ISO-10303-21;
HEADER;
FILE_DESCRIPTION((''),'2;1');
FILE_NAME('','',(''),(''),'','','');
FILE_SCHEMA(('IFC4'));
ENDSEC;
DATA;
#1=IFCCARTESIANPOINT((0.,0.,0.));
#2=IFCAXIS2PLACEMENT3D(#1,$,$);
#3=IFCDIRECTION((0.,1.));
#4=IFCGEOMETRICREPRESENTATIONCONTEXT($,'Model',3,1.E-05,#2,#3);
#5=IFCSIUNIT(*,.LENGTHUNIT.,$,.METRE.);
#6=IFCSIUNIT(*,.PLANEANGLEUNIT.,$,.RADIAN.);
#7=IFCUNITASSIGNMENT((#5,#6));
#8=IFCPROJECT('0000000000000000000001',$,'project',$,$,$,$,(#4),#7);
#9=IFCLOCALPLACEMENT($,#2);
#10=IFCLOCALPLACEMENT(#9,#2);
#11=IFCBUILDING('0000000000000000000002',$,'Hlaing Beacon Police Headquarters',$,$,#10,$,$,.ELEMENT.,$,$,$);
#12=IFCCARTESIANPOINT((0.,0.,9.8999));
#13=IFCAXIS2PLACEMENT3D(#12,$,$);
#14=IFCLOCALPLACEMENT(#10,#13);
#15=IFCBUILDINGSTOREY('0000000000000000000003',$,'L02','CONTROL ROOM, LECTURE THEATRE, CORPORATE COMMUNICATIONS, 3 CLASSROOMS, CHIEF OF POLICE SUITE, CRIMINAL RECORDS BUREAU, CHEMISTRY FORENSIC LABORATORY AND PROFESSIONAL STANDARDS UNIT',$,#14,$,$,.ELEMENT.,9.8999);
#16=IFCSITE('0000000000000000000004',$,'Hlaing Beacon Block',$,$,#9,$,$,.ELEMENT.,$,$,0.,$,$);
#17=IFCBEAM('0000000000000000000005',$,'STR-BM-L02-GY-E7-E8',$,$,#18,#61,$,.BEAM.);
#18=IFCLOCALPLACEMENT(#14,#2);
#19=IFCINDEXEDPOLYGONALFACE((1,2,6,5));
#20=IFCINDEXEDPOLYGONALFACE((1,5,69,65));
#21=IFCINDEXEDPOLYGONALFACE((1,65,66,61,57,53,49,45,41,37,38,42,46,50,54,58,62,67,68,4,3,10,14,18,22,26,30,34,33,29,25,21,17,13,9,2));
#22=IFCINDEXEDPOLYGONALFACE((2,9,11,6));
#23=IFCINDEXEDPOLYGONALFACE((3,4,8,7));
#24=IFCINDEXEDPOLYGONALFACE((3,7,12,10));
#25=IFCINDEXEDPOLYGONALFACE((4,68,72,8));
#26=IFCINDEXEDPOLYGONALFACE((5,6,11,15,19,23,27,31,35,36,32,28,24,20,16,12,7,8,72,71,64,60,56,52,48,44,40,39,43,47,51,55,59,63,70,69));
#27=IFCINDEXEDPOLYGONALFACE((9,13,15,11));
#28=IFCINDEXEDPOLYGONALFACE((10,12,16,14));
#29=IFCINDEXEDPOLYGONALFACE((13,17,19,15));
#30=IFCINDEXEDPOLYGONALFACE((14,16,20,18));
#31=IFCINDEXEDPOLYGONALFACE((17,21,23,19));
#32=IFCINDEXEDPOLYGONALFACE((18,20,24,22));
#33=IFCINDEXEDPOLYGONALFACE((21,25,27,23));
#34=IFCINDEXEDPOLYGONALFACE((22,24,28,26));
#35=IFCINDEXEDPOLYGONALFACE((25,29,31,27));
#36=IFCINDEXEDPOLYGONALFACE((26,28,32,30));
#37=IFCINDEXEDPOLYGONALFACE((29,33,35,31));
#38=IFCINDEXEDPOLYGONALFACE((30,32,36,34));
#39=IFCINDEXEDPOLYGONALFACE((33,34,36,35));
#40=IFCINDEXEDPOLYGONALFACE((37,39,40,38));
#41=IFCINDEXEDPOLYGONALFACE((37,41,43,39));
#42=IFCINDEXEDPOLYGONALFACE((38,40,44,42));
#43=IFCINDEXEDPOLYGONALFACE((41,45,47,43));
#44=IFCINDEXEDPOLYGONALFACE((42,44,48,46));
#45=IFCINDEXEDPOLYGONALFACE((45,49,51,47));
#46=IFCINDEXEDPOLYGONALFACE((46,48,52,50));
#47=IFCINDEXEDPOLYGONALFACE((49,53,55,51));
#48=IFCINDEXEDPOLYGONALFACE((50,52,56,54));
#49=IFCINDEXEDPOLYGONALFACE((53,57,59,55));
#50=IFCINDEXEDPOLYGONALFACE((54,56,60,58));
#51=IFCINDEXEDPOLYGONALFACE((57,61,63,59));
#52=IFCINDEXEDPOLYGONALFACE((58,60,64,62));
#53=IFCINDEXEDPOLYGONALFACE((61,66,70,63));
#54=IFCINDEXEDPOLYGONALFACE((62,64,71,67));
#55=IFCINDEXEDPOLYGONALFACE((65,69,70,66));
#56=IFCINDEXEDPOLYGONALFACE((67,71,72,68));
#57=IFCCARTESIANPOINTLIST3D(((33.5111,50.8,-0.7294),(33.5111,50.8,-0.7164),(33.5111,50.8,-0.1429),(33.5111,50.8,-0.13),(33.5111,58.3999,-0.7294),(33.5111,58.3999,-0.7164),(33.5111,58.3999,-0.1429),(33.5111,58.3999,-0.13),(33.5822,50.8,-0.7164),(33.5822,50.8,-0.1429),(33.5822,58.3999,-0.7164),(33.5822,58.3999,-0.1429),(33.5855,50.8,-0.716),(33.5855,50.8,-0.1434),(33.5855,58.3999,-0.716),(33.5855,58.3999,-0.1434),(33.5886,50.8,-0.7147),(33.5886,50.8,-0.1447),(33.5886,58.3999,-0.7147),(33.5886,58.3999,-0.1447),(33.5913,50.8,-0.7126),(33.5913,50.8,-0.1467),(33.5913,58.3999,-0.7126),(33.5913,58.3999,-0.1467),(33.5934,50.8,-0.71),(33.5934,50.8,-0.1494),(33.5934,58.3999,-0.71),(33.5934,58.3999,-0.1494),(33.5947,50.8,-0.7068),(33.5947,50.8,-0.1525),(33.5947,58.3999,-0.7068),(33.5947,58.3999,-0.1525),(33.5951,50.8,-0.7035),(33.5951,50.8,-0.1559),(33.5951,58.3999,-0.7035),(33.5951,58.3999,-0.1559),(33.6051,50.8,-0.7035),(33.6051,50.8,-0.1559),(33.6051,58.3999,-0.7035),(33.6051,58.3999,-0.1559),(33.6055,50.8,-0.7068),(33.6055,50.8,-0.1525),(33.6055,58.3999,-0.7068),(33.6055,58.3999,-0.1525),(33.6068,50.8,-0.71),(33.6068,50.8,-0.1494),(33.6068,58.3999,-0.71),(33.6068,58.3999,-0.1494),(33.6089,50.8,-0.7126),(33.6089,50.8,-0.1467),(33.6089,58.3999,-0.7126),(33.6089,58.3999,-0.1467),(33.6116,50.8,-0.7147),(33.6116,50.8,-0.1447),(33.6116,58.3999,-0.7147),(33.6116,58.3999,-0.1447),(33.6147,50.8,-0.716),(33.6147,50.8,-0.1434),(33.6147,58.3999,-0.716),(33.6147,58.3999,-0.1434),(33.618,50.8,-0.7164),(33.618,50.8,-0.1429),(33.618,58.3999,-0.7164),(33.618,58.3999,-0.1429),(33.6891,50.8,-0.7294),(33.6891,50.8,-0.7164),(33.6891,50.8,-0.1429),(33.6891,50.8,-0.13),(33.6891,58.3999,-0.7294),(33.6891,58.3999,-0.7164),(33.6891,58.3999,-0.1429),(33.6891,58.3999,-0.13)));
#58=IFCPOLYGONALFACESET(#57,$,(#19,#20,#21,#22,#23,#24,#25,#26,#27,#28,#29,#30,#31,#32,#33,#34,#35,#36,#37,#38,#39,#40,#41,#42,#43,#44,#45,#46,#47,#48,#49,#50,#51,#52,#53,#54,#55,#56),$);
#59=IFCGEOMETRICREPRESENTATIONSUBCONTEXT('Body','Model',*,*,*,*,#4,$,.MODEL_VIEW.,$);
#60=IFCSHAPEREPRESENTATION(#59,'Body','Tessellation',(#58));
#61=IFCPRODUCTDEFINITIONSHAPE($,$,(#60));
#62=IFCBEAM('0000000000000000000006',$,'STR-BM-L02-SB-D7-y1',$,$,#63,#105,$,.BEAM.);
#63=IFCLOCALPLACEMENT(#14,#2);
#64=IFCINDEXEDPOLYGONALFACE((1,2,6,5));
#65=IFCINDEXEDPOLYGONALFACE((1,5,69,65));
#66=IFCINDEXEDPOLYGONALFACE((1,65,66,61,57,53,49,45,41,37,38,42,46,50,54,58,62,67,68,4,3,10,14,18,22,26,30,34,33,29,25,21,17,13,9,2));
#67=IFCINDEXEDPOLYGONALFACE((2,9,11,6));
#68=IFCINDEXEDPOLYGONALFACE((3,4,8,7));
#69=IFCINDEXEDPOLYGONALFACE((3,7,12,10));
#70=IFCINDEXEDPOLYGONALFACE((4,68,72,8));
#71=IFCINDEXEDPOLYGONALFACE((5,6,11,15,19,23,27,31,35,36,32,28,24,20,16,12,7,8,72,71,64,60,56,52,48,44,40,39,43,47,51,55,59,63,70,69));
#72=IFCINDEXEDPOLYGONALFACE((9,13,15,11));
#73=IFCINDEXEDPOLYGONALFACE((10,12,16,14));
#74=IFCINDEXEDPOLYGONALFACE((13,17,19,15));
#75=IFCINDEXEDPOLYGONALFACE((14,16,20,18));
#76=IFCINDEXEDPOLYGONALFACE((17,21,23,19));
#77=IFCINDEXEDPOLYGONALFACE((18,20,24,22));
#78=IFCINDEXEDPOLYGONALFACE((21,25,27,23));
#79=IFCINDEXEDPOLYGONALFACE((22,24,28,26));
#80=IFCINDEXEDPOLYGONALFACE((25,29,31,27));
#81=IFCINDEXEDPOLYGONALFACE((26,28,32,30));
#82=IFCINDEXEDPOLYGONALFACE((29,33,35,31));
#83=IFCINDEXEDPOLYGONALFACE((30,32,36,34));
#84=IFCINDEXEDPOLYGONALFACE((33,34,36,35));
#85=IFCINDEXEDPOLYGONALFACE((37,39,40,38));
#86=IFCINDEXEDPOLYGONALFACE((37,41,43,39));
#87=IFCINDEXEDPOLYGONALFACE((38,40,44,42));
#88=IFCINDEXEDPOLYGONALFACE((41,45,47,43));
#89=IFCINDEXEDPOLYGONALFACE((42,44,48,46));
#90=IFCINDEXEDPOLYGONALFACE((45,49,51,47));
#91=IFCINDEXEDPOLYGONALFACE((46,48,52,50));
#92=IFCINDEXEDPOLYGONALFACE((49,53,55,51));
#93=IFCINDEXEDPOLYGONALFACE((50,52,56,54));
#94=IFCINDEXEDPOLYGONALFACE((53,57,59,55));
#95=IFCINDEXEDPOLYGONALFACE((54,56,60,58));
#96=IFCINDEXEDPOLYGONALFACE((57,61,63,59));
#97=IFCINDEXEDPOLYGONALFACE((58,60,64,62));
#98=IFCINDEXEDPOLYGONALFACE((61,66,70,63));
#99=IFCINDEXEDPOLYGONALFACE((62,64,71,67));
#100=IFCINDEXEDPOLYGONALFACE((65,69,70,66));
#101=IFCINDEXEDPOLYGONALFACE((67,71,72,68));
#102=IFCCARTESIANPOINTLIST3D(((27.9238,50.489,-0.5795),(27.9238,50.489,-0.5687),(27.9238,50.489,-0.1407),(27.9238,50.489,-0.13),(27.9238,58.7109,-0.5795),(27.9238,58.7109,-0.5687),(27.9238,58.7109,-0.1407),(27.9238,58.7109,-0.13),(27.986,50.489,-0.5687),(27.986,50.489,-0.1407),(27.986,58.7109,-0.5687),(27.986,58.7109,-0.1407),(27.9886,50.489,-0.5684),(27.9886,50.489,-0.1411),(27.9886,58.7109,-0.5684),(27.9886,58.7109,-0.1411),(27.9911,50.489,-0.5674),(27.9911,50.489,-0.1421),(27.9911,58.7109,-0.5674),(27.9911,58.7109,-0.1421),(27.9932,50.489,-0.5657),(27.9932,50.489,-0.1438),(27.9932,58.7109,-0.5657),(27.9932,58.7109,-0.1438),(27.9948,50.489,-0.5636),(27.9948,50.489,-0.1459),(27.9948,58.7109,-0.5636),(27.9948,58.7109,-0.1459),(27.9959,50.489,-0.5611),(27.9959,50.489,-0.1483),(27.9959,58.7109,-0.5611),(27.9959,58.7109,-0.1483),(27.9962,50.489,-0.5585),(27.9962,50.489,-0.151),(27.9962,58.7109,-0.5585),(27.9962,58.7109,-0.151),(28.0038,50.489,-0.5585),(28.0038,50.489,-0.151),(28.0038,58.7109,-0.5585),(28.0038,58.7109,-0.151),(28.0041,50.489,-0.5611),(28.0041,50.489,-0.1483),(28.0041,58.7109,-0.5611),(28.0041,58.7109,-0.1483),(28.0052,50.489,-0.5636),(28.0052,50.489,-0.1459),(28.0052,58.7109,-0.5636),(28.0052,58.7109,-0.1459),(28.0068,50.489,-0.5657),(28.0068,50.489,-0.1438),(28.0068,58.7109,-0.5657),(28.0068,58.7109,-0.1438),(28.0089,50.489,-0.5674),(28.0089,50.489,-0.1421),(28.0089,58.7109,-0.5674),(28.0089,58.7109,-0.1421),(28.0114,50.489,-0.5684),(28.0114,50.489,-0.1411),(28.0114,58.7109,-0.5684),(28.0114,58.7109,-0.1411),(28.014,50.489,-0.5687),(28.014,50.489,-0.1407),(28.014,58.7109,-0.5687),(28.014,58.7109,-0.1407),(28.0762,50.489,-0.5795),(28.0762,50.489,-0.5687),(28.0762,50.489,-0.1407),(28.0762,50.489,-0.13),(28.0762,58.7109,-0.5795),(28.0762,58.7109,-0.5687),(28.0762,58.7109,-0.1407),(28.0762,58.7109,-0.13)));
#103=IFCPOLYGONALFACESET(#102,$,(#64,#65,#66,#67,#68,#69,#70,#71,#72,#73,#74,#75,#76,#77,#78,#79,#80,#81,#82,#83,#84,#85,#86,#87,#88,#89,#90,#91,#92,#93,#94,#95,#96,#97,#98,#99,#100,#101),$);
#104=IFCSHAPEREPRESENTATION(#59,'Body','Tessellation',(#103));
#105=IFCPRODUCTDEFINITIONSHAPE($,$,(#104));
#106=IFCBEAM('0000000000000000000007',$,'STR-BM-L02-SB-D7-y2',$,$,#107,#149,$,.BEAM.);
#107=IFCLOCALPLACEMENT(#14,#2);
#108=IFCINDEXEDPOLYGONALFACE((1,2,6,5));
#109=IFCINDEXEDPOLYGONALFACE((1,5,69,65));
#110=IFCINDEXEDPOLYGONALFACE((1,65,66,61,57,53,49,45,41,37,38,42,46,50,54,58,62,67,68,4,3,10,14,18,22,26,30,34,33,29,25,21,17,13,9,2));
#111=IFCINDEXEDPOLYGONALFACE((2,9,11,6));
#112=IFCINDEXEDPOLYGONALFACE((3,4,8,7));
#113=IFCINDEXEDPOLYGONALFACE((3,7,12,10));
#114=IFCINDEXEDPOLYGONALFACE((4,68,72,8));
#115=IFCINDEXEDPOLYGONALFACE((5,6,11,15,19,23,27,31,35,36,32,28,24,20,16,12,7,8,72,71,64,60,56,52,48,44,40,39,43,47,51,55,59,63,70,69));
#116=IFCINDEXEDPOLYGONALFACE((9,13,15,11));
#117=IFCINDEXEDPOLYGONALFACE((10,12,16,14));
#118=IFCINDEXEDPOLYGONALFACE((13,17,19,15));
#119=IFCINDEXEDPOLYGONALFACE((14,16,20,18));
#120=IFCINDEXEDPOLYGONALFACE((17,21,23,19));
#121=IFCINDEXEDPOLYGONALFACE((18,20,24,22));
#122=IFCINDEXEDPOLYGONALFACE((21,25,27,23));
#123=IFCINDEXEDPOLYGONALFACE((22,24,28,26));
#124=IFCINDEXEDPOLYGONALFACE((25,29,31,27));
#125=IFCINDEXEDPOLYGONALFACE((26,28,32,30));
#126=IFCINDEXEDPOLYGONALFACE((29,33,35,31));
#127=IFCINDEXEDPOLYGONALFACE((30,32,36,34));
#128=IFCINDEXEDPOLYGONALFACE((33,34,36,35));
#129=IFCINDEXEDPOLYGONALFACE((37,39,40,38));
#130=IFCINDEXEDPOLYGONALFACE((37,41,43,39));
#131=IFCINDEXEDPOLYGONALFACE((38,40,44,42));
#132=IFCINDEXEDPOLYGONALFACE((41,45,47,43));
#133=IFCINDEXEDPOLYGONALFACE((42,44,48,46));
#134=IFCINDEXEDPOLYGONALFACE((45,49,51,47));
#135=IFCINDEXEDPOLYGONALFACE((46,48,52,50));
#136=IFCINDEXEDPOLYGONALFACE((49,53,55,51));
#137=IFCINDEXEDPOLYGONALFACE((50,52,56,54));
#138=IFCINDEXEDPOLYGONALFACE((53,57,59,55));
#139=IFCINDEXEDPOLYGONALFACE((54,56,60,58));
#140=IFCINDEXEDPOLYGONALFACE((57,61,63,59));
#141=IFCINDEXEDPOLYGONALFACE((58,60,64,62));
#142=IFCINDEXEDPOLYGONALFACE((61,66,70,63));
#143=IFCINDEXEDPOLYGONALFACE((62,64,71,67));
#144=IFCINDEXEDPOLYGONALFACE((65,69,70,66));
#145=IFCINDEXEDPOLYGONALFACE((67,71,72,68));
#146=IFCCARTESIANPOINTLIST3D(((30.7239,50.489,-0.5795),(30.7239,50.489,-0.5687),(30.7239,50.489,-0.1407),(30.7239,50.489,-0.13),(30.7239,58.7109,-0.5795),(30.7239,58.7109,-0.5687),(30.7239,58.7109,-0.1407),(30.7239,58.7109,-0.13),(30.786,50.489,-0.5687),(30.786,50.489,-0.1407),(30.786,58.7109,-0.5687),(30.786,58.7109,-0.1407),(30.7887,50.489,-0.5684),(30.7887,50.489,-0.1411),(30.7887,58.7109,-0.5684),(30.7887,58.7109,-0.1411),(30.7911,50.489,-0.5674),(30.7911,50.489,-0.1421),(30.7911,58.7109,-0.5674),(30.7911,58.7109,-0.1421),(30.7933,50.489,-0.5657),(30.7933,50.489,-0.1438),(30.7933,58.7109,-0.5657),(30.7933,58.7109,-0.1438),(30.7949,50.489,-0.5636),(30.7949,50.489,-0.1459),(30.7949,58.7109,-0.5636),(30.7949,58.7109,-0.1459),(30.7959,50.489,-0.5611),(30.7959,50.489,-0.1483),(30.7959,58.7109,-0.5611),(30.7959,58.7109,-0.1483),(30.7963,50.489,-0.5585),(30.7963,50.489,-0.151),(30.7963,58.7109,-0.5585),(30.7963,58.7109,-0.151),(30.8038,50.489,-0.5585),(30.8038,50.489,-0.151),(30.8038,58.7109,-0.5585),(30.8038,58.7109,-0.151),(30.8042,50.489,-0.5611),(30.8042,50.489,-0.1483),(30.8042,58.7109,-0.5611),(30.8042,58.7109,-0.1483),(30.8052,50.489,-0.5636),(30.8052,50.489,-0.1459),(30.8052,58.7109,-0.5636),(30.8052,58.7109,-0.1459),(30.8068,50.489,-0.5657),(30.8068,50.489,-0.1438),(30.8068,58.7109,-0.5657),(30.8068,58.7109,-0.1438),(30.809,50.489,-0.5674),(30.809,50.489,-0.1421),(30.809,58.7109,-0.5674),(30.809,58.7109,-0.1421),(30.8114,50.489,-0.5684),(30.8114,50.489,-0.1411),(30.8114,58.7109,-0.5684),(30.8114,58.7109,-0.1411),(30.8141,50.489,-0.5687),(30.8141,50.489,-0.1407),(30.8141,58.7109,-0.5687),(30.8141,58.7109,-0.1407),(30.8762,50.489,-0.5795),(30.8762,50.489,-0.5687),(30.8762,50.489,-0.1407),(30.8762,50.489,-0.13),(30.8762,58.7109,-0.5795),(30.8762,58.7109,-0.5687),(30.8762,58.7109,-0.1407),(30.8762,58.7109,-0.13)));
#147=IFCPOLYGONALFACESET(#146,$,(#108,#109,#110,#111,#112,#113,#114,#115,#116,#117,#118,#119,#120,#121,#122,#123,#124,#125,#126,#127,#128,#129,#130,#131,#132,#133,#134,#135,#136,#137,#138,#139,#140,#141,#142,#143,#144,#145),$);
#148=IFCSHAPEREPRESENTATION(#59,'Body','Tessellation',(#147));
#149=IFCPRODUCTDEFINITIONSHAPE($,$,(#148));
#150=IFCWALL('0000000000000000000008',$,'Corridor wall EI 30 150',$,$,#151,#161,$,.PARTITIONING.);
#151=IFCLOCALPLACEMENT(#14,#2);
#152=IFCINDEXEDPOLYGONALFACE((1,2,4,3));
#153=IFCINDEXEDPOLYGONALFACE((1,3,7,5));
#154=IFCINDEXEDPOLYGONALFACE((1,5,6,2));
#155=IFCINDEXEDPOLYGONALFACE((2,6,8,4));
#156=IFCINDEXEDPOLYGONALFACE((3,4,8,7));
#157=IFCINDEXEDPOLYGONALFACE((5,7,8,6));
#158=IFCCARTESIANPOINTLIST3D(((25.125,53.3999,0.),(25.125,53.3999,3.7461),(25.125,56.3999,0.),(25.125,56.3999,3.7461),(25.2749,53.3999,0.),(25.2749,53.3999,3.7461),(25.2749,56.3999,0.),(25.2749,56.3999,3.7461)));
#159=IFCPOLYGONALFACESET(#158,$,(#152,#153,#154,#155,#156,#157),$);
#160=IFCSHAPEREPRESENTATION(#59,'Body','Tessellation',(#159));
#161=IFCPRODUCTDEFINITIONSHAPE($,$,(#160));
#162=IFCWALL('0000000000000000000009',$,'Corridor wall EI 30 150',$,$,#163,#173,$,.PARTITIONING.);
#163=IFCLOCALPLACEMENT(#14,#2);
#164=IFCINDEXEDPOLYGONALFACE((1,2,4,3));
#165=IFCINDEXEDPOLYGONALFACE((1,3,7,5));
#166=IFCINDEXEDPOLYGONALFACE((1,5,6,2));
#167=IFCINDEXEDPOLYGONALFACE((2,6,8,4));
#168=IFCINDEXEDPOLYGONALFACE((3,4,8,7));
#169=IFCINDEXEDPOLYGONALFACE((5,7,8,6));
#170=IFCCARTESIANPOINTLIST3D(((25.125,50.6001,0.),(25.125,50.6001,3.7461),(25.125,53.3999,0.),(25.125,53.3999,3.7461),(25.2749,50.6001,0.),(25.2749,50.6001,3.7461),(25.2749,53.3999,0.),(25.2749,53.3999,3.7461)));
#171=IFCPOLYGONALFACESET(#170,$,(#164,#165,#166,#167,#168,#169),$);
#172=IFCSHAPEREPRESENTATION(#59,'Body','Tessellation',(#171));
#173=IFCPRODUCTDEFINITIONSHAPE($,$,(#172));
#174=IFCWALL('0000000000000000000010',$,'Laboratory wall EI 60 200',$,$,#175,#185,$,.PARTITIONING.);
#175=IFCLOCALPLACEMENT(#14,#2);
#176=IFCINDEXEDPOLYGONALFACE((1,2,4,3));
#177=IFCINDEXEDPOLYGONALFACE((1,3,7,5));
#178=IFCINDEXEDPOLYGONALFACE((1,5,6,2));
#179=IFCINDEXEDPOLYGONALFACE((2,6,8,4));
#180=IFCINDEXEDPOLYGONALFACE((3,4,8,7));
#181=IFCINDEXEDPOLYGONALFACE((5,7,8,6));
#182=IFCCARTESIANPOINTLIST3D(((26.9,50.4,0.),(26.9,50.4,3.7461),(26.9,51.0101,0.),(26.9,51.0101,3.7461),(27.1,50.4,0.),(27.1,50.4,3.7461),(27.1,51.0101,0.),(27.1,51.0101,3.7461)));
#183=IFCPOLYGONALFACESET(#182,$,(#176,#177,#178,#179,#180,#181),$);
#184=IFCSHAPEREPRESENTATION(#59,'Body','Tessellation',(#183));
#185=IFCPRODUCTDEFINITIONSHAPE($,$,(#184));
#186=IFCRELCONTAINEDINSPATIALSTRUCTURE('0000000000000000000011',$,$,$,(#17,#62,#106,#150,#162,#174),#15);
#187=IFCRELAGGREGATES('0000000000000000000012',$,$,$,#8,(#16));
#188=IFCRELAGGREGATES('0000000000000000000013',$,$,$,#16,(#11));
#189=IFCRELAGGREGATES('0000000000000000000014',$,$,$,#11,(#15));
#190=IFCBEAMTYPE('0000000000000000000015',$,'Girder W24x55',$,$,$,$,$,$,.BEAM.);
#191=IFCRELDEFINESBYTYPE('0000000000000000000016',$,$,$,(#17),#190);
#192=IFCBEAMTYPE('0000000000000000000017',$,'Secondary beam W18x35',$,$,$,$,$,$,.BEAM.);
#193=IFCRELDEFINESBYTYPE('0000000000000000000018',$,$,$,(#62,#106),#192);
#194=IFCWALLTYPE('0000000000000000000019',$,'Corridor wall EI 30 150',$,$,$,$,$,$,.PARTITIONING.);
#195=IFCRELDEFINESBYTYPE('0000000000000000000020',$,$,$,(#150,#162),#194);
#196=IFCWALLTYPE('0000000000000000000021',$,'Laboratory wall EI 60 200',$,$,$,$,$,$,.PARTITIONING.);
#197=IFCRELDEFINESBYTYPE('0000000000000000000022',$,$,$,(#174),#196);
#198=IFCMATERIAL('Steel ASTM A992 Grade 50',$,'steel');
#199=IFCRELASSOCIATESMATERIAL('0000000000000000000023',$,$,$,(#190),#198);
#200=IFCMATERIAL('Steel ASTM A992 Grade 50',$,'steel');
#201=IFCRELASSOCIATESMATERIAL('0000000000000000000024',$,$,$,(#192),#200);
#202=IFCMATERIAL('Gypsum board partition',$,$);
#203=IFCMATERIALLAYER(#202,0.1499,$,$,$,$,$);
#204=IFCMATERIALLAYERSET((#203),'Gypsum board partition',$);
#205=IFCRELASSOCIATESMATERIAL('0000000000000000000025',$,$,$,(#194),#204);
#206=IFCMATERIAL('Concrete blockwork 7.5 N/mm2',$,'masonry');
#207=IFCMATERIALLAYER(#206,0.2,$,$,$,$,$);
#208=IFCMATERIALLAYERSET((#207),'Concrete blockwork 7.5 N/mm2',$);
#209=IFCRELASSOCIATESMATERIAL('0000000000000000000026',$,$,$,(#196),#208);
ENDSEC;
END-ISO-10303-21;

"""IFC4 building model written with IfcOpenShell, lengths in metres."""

from ifc_helpers import new_model, si_unit, direction, frame, frame_2d, origin, origin_2d, place, context, subcontext, project, spatial, rectangle, i_section, extrude, material, layer, layer_set, material_profile, profile_set, type_object, element, save


model = new_model("IFC4")

# Units and contexts
model_context = context("Model", 3, precision=1e-05, world=origin(), true_north=direction((0.0, 1.0)))
body_context = subcontext(model_context, "Body", "Model", "MODEL_VIEW")
ifc_project = project(units=[si_unit("LENGTHUNIT", "METRE"), si_unit("PLANEANGLEUNIT", "RADIAN")], contexts=[model_context])

# Site, building, storey
site_placement = place(None, origin())
site = spatial("IfcSite", under=ifc_project, at=site_placement, Name="Hlaing Beacon Block", CompositionType="ELEMENT", RefElevation=0.0)
building_placement = place(site_placement, origin())
building = spatial("IfcBuilding", under=site, at=building_placement, Name="Hlaing Beacon Police Headquarters", CompositionType="ELEMENT")
storey_placement = place(building_placement, frame((0.0, 0.0, 9.8999)))
storey = spatial("IfcBuildingStorey", under=building, at=storey_placement, Name="L02", Description="CONTROL ROOM, LECTURE THEATRE, CORPORATE COMMUNICATIONS, 3 CLASSROOMS, CHIEF OF POLICE SUITE, CRIMINAL RECORDS BUREAU, CHEMISTRY FORENSIC LABORATORY AND PROFESSIONAL STANDARDS UNIT", CompositionType="ELEMENT", Elevation=9.8999)

# Beams
ifc_material_1 = material(Name="Steel ASTM A992 Grade 50", Category="steel")
ifc_material_profile_1 = material_profile(ifc_material_1, i_section(OverallWidth=0.178, OverallDepth=0.5994, WebThickness=0.01, FlangeThickness=0.0129, FilletRadius=0.0129, at=origin_2d()), Name="W24x55")
ifc_profile_set_1 = profile_set([ifc_material_profile_1], Name="Steel ASTM A992 Grade 50")
beam_type_1 = type_object("IfcBeamType", Name="Girder W24x55", PredefinedType="BEAM", material=ifc_profile_set_1)
beam_1_placement = place(storey_placement, frame((33.6001, 50.8, -0.4297), z_axis=(0.0, 1.0, 0.0), x_axis=(-1.0, 0.0, 0.0)))
element("IfcBeam", 1, at=beam_1_placement, inside=storey, type_object=beam_type_1, Name="STR-BM-L02-GY-E7-E8", PredefinedType="BEAM", context=body_context, shape_type="SweptSolid", body=[
    extrude(i_section(OverallWidth=0.178, OverallDepth=0.5994, WebThickness=0.01, FlangeThickness=0.0129, FilletRadius=0.0129, at=origin_2d()), origin(), (0.0, 0.0, 1.0), 7.5999),
])
ifc_material_2 = material(Name="Steel ASTM A992 Grade 50", Category="steel")
ifc_material_profile_2 = material_profile(ifc_material_2, i_section(OverallWidth=0.1523, OverallDepth=0.4495, WebThickness=0.0076, FlangeThickness=0.0107, FilletRadius=0.0103, at=origin_2d()), Name="W18x35")
ifc_profile_set_2 = profile_set([ifc_material_profile_2], Name="Steel ASTM A992 Grade 50")
beam_type_2 = type_object("IfcBeamType", Name="Secondary beam W18x35", PredefinedType="BEAM", material=ifc_profile_set_2)
for number, where, z_axis, x_axis, name in (
    (2, (28.0, 50.489, -0.3547), (0.0, 1.0, 0.0), (-1.0, 0.0, 0.0), "STR-BM-L02-SB-D7-y1"),
    (3, (30.8, 50.489, -0.3547), (0.0, 1.0, 0.0), (-1.0, 0.0, 0.0), "STR-BM-L02-SB-D7-y2"),
):
    element("IfcBeam", number, at=place(storey_placement, frame(where, z_axis=z_axis, x_axis=x_axis)), inside=storey, type_object=beam_type_2, Name=name, PredefinedType="BEAM", context=body_context, shape_type="SweptSolid", body=[
        extrude(i_section(OverallWidth=0.1523, OverallDepth=0.4495, WebThickness=0.0076, FlangeThickness=0.0107, FilletRadius=0.0103, at=origin_2d()), origin(), (0.0, 0.0, 1.0), 8.2219),
    ])

# Walls
ifc_material_3 = material(Name="Gypsum board partition")
ifc_layer_1 = layer(ifc_material_3, 0.1499)
ifc_layer_set_1 = layer_set([ifc_layer_1], Name="Gypsum board partition")
wall_type_1 = type_object("IfcWallType", Name="Corridor wall EI 30 150", PredefinedType="PARTITIONING", material=ifc_layer_set_1)
wall_1_placement = place(storey_placement, frame((25.2, 53.3999, 0.0), z_axis=(0.0, 0.0, 1.0), x_axis=(0.0, 1.0, 0.0)))
element("IfcWall", 4, at=wall_1_placement, inside=storey, type_object=wall_type_1, Name="Corridor wall EI 30 150", PredefinedType="PARTITIONING", context=body_context, shape_type="SweptSolid", body=[
    extrude(rectangle(XDim=3.0, YDim=0.1499, at=frame_2d((1.5, 0.0))), origin(), (0.0, 0.0, 1.0), 3.7461),
])
wall_2_placement = place(storey_placement, frame((25.2, 50.6001, 0.0), z_axis=(0.0, 0.0, 1.0), x_axis=(0.0, 1.0, 0.0)))
element("IfcWall", 5, at=wall_2_placement, inside=storey, type_object=wall_type_1, Name="Corridor wall EI 30 150", PredefinedType="PARTITIONING", context=body_context, shape_type="SweptSolid", body=[
    extrude(rectangle(XDim=2.7998, YDim=0.1499, at=frame_2d((1.3999, 0.0))), origin(), (0.0, 0.0, 1.0), 3.7461),
])
ifc_material_4 = material(Name="Concrete blockwork 7.5 N/mm2", Category="masonry")
ifc_layer_2 = layer(ifc_material_4, 0.2)
ifc_layer_set_2 = layer_set([ifc_layer_2], Name="Concrete blockwork 7.5 N/mm2")
wall_type_2 = type_object("IfcWallType", Name="Laboratory wall EI 60 200", PredefinedType="PARTITIONING", material=ifc_layer_set_2)
wall_3_placement = place(storey_placement, frame((27.0, 50.3999, 0.0), z_axis=(0.0, 0.0, 1.0), x_axis=(0.0, 1.0, 0.0)))
element("IfcWall", 6, at=wall_3_placement, inside=storey, type_object=wall_type_2, Name="Laboratory wall EI 60 200", PredefinedType="PARTITIONING", context=body_context, shape_type="SweptSolid", body=[
    extrude(rectangle(XDim=0.6101, YDim=0.2, at=frame_2d((0.3052, 0.0))), origin(), (0.0, 0.0, 1.0), 3.7461),
])

save(model, "model.ifc")
